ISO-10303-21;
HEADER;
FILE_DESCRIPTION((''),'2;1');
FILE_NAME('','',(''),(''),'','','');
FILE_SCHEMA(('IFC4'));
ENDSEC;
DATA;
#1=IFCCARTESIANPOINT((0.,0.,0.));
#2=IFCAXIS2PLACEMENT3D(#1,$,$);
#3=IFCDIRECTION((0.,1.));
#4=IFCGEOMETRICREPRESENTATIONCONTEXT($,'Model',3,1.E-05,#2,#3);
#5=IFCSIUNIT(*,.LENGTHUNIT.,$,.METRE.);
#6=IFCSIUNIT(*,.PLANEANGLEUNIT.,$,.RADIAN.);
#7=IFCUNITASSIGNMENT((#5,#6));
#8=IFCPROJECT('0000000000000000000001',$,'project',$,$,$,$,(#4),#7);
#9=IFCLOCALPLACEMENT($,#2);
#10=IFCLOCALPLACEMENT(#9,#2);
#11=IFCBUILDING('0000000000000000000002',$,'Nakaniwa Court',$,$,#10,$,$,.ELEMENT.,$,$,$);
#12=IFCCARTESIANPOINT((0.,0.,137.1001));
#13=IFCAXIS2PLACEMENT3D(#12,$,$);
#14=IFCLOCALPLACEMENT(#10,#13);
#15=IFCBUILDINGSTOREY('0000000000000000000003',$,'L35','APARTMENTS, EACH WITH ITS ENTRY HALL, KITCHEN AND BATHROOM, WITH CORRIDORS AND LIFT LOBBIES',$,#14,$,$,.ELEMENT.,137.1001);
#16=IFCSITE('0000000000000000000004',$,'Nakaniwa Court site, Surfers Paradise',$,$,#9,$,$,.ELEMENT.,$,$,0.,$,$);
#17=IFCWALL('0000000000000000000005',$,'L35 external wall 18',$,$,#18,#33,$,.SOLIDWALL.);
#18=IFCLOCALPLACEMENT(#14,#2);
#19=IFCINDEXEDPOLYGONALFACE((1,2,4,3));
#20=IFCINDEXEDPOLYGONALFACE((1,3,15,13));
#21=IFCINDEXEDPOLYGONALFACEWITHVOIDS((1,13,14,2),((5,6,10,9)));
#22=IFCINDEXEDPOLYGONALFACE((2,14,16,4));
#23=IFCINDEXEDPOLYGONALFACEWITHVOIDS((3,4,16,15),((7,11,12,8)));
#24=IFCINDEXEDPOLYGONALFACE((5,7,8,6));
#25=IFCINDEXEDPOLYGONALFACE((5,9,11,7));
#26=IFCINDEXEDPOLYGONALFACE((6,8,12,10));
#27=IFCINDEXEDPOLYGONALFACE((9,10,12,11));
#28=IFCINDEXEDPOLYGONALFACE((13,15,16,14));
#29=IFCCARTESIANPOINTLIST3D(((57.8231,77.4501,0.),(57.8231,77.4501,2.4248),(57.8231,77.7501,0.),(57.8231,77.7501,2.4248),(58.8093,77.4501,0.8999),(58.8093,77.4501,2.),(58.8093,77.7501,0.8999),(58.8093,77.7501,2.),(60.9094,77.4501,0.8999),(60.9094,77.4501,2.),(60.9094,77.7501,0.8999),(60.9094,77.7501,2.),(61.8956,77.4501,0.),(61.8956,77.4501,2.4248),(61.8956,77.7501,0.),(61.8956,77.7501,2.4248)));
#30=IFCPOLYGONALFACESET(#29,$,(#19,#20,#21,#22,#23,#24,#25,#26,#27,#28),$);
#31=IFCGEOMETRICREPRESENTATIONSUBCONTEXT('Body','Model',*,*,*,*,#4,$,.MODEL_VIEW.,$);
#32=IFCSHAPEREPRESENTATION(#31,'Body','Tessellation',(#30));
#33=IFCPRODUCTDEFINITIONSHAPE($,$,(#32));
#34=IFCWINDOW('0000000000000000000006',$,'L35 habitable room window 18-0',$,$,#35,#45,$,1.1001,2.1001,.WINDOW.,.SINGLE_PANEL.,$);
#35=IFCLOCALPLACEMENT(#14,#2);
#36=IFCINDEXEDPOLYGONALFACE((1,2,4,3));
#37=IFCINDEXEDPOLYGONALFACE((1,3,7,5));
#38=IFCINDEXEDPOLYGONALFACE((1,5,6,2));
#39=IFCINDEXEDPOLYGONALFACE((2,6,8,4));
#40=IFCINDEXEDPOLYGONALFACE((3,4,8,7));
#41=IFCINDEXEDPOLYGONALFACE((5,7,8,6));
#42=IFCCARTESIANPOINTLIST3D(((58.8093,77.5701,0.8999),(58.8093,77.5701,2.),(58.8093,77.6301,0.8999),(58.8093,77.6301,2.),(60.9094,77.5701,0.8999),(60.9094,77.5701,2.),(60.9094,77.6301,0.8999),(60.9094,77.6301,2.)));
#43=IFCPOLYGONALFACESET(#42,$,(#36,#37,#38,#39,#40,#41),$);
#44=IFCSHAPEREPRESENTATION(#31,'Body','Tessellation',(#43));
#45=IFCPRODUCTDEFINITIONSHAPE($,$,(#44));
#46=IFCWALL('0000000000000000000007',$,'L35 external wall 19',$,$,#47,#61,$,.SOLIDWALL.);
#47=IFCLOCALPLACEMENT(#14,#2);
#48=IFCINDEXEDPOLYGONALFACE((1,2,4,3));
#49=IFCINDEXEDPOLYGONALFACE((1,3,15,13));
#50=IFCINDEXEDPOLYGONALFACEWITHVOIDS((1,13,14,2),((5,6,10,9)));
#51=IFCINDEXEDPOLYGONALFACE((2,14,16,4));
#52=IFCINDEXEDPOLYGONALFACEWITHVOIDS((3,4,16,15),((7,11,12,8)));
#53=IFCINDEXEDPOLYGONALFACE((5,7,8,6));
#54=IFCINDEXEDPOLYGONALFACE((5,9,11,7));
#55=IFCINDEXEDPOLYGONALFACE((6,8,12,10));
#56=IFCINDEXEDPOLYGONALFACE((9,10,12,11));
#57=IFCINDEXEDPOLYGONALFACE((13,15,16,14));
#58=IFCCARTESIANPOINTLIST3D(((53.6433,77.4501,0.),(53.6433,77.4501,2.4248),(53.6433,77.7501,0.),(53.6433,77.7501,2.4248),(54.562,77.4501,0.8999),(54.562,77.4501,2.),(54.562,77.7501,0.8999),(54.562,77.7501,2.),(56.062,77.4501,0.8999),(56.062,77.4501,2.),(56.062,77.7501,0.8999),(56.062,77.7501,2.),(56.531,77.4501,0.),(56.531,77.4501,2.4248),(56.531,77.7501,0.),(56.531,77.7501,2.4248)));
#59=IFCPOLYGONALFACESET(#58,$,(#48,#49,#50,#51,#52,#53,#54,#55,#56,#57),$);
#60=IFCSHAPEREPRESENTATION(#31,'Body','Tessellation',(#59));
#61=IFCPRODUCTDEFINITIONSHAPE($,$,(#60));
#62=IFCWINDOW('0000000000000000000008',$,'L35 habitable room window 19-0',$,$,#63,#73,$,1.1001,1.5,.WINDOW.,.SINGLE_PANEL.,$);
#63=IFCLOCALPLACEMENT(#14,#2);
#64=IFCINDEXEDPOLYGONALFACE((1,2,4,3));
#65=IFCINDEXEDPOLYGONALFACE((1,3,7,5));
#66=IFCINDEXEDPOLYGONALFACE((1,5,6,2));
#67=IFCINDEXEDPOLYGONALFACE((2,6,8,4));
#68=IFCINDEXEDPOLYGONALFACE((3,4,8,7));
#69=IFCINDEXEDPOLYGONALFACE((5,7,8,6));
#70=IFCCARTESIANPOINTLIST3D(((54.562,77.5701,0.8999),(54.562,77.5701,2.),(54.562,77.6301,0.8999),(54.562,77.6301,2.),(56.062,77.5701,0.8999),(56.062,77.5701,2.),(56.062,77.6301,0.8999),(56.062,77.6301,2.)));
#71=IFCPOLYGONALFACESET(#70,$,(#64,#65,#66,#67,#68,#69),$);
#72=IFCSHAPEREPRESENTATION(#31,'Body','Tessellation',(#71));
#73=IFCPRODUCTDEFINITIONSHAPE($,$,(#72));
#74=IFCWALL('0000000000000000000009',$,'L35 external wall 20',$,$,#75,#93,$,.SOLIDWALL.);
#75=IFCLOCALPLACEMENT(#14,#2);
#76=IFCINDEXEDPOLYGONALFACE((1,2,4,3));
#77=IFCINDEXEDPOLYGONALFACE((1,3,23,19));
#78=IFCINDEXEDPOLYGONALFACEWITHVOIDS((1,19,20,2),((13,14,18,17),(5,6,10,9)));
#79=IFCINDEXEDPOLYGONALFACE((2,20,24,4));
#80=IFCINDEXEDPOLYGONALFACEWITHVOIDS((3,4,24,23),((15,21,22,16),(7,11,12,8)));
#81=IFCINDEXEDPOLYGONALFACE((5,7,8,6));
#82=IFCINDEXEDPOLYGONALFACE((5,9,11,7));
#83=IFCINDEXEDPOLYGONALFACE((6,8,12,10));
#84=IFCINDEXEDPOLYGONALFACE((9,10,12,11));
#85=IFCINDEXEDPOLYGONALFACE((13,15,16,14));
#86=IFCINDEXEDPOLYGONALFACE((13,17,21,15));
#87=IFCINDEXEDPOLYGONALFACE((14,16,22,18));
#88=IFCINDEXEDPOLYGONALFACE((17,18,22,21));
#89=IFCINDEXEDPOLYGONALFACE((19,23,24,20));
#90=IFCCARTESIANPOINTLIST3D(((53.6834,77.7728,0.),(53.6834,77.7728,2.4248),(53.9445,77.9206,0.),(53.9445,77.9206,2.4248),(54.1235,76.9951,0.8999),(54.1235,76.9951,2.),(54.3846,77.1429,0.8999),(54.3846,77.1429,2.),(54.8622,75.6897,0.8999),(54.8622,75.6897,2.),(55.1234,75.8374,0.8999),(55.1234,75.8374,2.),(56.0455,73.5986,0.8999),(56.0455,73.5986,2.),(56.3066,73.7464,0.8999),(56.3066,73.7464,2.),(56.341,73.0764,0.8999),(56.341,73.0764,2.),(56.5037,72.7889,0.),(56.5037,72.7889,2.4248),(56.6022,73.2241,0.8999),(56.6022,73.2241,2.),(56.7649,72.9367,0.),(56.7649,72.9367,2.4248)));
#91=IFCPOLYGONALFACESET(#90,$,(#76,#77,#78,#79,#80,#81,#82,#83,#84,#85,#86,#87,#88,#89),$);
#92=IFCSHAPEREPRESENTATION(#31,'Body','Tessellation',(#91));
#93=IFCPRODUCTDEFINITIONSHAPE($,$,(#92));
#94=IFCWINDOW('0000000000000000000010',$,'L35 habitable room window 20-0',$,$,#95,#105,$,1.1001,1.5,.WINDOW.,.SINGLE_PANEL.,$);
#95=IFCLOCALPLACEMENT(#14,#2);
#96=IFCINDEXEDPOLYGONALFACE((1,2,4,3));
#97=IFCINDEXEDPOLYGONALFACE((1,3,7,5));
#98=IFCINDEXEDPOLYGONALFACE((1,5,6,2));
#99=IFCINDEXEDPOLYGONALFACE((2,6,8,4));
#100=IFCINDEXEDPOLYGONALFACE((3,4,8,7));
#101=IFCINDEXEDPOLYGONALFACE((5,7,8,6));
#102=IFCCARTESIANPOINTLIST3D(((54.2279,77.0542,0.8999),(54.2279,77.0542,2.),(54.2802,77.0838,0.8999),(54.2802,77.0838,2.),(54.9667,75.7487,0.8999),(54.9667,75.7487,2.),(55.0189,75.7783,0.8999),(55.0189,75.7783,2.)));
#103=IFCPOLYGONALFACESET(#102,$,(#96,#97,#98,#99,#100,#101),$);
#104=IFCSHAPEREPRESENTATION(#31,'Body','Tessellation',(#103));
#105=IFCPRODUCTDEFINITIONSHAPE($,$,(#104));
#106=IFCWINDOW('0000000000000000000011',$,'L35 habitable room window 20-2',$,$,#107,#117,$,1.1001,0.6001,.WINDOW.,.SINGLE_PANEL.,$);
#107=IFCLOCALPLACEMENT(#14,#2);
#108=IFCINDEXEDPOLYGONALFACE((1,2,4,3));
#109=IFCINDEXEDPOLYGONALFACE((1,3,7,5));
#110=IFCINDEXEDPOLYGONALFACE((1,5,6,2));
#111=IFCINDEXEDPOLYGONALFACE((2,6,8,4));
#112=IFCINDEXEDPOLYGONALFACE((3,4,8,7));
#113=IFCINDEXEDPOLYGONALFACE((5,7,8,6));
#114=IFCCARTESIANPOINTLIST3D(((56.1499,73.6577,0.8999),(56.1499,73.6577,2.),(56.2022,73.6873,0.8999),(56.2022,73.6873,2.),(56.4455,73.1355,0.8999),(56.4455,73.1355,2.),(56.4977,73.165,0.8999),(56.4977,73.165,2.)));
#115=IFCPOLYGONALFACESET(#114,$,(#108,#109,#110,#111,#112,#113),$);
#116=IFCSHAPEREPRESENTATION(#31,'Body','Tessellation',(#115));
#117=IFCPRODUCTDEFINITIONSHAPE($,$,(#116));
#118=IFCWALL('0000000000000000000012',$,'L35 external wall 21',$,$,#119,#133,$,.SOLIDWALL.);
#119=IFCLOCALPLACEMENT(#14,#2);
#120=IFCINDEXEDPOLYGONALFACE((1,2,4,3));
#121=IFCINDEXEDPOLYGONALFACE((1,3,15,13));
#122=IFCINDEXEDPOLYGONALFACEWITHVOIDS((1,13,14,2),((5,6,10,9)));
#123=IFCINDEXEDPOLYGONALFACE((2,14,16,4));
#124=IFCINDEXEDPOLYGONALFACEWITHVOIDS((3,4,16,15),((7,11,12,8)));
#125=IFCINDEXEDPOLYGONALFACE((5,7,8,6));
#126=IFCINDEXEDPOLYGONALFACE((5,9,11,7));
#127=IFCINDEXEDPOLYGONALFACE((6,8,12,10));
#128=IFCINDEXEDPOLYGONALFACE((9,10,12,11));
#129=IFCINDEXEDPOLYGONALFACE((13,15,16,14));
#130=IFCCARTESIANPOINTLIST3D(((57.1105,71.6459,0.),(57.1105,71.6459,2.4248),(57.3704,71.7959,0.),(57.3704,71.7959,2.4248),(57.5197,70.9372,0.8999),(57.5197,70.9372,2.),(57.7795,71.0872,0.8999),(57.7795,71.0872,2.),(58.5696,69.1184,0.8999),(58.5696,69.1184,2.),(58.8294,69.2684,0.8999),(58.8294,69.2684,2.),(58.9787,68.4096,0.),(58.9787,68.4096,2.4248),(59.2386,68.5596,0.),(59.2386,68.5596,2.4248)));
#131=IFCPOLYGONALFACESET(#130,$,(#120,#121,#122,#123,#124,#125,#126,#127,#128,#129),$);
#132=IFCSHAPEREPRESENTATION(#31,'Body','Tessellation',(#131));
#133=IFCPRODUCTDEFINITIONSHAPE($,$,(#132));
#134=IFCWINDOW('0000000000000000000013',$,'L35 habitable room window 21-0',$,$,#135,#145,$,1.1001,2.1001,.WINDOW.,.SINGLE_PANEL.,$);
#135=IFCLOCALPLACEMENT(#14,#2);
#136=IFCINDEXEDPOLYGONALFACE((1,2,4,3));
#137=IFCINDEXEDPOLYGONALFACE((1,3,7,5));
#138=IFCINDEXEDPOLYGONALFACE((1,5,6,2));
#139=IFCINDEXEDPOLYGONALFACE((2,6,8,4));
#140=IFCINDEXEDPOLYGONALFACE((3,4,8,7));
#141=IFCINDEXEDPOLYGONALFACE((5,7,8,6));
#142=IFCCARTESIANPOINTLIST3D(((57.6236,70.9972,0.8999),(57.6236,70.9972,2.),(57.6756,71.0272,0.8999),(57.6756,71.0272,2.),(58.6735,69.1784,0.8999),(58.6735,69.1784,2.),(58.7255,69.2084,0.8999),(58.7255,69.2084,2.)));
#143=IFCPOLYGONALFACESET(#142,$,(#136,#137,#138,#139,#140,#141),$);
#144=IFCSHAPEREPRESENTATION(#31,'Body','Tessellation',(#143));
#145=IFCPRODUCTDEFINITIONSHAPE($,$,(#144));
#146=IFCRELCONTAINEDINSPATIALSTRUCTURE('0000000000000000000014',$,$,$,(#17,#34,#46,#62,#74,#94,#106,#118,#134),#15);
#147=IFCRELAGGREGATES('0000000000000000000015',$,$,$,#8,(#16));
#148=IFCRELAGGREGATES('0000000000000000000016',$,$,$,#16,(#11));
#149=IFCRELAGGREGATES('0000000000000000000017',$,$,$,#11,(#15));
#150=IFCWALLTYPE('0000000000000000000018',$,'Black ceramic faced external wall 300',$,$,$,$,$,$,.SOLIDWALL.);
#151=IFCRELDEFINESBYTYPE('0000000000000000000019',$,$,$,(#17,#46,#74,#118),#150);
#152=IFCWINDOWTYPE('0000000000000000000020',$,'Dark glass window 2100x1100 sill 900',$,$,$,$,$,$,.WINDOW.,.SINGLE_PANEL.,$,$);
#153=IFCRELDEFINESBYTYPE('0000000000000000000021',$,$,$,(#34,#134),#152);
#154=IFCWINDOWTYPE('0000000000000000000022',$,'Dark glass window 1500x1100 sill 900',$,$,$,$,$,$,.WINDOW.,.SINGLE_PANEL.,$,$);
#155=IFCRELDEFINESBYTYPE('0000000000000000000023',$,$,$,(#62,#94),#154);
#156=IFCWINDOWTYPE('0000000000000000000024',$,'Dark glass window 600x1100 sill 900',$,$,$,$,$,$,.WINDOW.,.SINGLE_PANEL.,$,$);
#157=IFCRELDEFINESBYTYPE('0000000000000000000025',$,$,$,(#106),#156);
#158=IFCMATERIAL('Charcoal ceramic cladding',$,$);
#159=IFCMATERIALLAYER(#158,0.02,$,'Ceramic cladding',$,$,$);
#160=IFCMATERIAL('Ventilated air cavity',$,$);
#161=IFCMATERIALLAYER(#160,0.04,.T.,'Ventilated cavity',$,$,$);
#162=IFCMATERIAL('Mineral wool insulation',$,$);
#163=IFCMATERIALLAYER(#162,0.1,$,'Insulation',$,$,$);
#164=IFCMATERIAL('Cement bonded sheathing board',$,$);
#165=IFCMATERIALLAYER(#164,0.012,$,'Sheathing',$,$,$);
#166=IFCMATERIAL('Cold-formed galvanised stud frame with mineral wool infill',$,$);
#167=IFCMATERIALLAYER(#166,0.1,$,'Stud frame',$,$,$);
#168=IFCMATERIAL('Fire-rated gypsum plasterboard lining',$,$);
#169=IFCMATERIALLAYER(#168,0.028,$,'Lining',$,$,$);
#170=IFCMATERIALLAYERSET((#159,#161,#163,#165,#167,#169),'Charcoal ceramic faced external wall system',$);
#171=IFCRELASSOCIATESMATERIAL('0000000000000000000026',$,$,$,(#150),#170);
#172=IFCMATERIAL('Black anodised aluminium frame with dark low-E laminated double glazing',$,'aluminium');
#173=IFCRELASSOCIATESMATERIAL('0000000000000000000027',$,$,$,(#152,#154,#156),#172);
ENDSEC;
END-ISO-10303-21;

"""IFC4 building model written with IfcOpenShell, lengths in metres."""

from ifc_helpers import new_model, si_unit, direction, frame, frame_2d, origin, place, context, subcontext, project, spatial, rectangle, extrude, material, layer, layer_set, type_object, element, fill, save


model = new_model("IFC4")

# Units and contexts
model_context = context("Model", 3, precision=1e-05, world=origin(), true_north=direction((0.0, 1.0)))
body_context = subcontext(model_context, "Body", "Model", "MODEL_VIEW")
ifc_project = project(units=[si_unit("LENGTHUNIT", "METRE"), si_unit("PLANEANGLEUNIT", "RADIAN")], contexts=[model_context])

# Site, building, storey
site_placement = place(None, origin())
site = spatial("IfcSite", under=ifc_project, at=site_placement, Name="Nakaniwa Court site, Surfers Paradise", CompositionType="ELEMENT", RefElevation=0.0)
building_placement = place(site_placement, origin())
building = spatial("IfcBuilding", under=site, at=building_placement, Name="Nakaniwa Court", CompositionType="ELEMENT")
storey_placement = place(building_placement, frame((0.0, 0.0, 137.1001)))
storey = spatial("IfcBuildingStorey", under=building, at=storey_placement, Name="L35", Description="APARTMENTS, EACH WITH ITS ENTRY HALL, KITCHEN AND BATHROOM, WITH CORRIDORS AND LIFT LOBBIES", CompositionType="ELEMENT", Elevation=137.1001)

# Walls, openings, windows
ifc_material_1 = material(Name="Charcoal ceramic cladding")
ifc_layer_1 = layer(ifc_material_1, 0.02, Name="Ceramic cladding")
ifc_material_2 = material(Name="Ventilated air cavity")
ifc_layer_2 = layer(ifc_material_2, 0.04, ventilated=True, Name="Ventilated cavity")
ifc_material_3 = material(Name="Mineral wool insulation")
ifc_layer_3 = layer(ifc_material_3, 0.1, Name="Insulation")
ifc_material_4 = material(Name="Cement bonded sheathing board")
ifc_layer_4 = layer(ifc_material_4, 0.012, Name="Sheathing")
ifc_material_5 = material(Name="Cold-formed galvanised stud frame with mineral wool infill")
ifc_layer_5 = layer(ifc_material_5, 0.1, Name="Stud frame")
ifc_material_6 = material(Name="Fire-rated gypsum plasterboard lining")
ifc_layer_6 = layer(ifc_material_6, 0.028, Name="Lining")
ifc_layer_set_1 = layer_set([ifc_layer_1, ifc_layer_2, ifc_layer_3, ifc_layer_4, ifc_layer_5, ifc_layer_6], Name="Charcoal ceramic faced external wall system")
wall_type_1 = type_object("IfcWallType", Name="Black ceramic faced external wall 300", PredefinedType="SOLIDWALL", material=ifc_layer_set_1)
wall_1_placement = place(storey_placement, frame((61.8955, 77.6001, 0.0), z_axis=(0.0, 0.0, 1.0), x_axis=(-1.0, 0.0, 0.0)))
wall_1 = element("IfcWall", 1, at=wall_1_placement, inside=storey, type_object=wall_type_1, Name="L35 external wall 18", PredefinedType="SOLIDWALL", context=body_context, shape_type="SweptSolid", body=[
    extrude(rectangle(XDim=4.0725, YDim=0.3, at=frame_2d((2.0361, 0.0))), origin(), (0.0, 0.0, 1.0), 2.4248),
])
opening_1_placement = place(wall_1_placement, frame((0.9861, 0.0, 0.8999)))
opening_1 = element("IfcOpeningElement", 2, at=opening_1_placement, cuts=wall_1, PredefinedType="OPENING", context=body_context, shape_type="SweptSolid", body=[
    extrude(rectangle(XDim=2.1001, YDim=1.1001, at=frame_2d((1.05, 0.55))), frame((0.0, 0.1599, 0.0), z_axis=(0.0, -1.0, 0.0), x_axis=(1.0, 0.0, 0.0)), (0.0, 0.0, 1.0), 0.3201),
])
ifc_material_7 = material(Name="Black anodised aluminium frame with dark low-E laminated double glazing", Category="aluminium")
window_type_1 = type_object("IfcWindowType", Name="Dark glass window 2100x1100 sill 900", PartitioningType="SINGLE_PANEL", PredefinedType="WINDOW", material=ifc_material_7)
window_1_placement = place(opening_1_placement, origin())
window_1 = element("IfcWindow", 3, at=window_1_placement, inside=storey, type_object=window_type_1, Name="L35 habitable room window 18-0", OverallHeight=1.1001, OverallWidth=2.1001, PartitioningType="SINGLE_PANEL", PredefinedType="WINDOW", context=body_context, shape_type="SweptSolid", body=[
    extrude(rectangle(XDim=2.1001, YDim=1.1001, at=frame_2d((1.05, 0.55))), frame((0.0, 0.03, 0.0), z_axis=(0.0, -1.0, 0.0), x_axis=(1.0, 0.0, 0.0)), (0.0, 0.0, 1.0), 0.0601),
])
fill(opening_1, window_1)
wall_2_placement = place(storey_placement, frame((56.531, 77.6001, 0.0), z_axis=(0.0, 0.0, 1.0), x_axis=(-1.0, 0.0, 0.0)))
wall_2 = element("IfcWall", 4, at=wall_2_placement, inside=storey, type_object=wall_type_1, Name="L35 external wall 19", PredefinedType="SOLIDWALL", context=body_context, shape_type="SweptSolid", body=[
    extrude(rectangle(XDim=2.8877, YDim=0.3, at=frame_2d((1.4438, 0.0))), origin(), (0.0, 0.0, 1.0), 2.4248),
])
opening_2_placement = place(wall_2_placement, frame((0.469, 0.0, 0.8999)))
opening_2 = element("IfcOpeningElement", 5, at=opening_2_placement, cuts=wall_2, PredefinedType="OPENING", context=body_context, shape_type="SweptSolid", body=[
    extrude(rectangle(XDim=1.5, YDim=1.1001, at=frame_2d((0.75, 0.55))), frame((0.0, 0.1599, 0.0), z_axis=(0.0, -1.0, 0.0), x_axis=(1.0, 0.0, 0.0)), (0.0, 0.0, 1.0), 0.3201),
])
window_type_2 = type_object("IfcWindowType", Name="Dark glass window 1500x1100 sill 900", PartitioningType="SINGLE_PANEL", PredefinedType="WINDOW", material=ifc_material_7)
window_2_placement = place(opening_2_placement, origin())
window_2 = element("IfcWindow", 6, at=window_2_placement, inside=storey, type_object=window_type_2, Name="L35 habitable room window 19-0", OverallHeight=1.1001, OverallWidth=1.5, PartitioningType="SINGLE_PANEL", PredefinedType="WINDOW", context=body_context, shape_type="SweptSolid", body=[
    extrude(rectangle(XDim=1.5, YDim=1.1001, at=frame_2d((0.75, 0.55))), frame((0.0, 0.03, 0.0), z_axis=(0.0, -1.0, 0.0), x_axis=(1.0, 0.0, 0.0)), (0.0, 0.0, 1.0), 0.0601),
])
fill(opening_2, window_2)

# Wall, openings, windows
wall_3_placement = place(storey_placement, frame((53.814, 77.8467, 0.0), z_axis=(0.0, 0.0, 1.0), x_axis=(0.492498, -0.870313, 0.0)))
wall_3 = element("IfcWall", 7, at=wall_3_placement, inside=storey, type_object=wall_type_1, Name="L35 external wall 20", PredefinedType="SOLIDWALL", context=body_context, shape_type="SweptSolid", body=[
    extrude(rectangle(XDim=5.7266, YDim=0.3, at=frame_2d((2.8633, 0.0))), origin(), (0.0, 0.0, 1.0), 2.4248),
])
opening_3_placement = place(wall_3_placement, frame((0.8936, 0.0, 0.8999)))
opening_3 = element("IfcOpeningElement", 8, at=opening_3_placement, cuts=wall_3, PredefinedType="OPENING", context=body_context, shape_type="SweptSolid", body=[
    extrude(rectangle(XDim=1.5, YDim=1.1001, at=frame_2d((0.75, 0.55))), frame((0.0, 0.1599, 0.0), z_axis=(0.0, -1.0, 0.0), x_axis=(1.0, 0.0, 0.0)), (0.0, 0.0, 1.0), 0.3201),
])
opening_4_placement = place(wall_3_placement, frame((4.7961, 0.0, 0.8999)))
opening_4 = element("IfcOpeningElement", 9, at=opening_4_placement, cuts=wall_3, PredefinedType="OPENING", context=body_context, shape_type="SweptSolid", body=[
    extrude(rectangle(XDim=0.6001, YDim=1.1001, at=frame_2d((0.3, 0.55))), frame((0.0, 0.1599, 0.0), z_axis=(0.0, -1.0, 0.0), x_axis=(1.0, 0.0, 0.0)), (0.0, 0.0, 1.0), 0.3201),
])
window_3_placement = place(opening_3_placement, origin())
window_3 = element("IfcWindow", 10, at=window_3_placement, inside=storey, type_object=window_type_2, Name="L35 habitable room window 20-0", OverallHeight=1.1001, OverallWidth=1.5, PartitioningType="SINGLE_PANEL", PredefinedType="WINDOW", context=body_context, shape_type="SweptSolid", body=[
    extrude(rectangle(XDim=1.5, YDim=1.1001, at=frame_2d((0.75, 0.55))), frame((0.0, 0.03, 0.0), z_axis=(0.0, -1.0, 0.0), x_axis=(1.0, 0.0, 0.0)), (0.0, 0.0, 1.0), 0.0601),
])
fill(opening_3, window_3)
window_type_3 = type_object("IfcWindowType", Name="Dark glass window 600x1100 sill 900", PartitioningType="SINGLE_PANEL", PredefinedType="WINDOW", material=ifc_material_7)
window_4_placement = place(opening_4_placement, origin())
window_4 = element("IfcWindow", 11, at=window_4_placement, inside=storey, type_object=window_type_3, Name="L35 habitable room window 20-2", OverallHeight=1.1001, OverallWidth=0.6001, PartitioningType="SINGLE_PANEL", PredefinedType="WINDOW", context=body_context, shape_type="SweptSolid", body=[
    extrude(rectangle(XDim=0.6001, YDim=1.1001, at=frame_2d((0.3, 0.55))), frame((0.0, 0.03, 0.0), z_axis=(0.0, -1.0, 0.0), x_axis=(1.0, 0.0, 0.0)), (0.0, 0.0, 1.0), 0.0601),
])
fill(opening_4, window_4)

# Wall, opening, window
wall_4_placement = place(storey_placement, frame((57.2405, 71.7209, 0.0), z_axis=(0.0, 0.0, 1.0), x_axis=(0.499934, -0.866064, 0.0)))
wall_4 = element("IfcWall", 12, at=wall_4_placement, inside=storey, type_object=wall_type_1, Name="L35 external wall 21", PredefinedType="SOLIDWALL", context=body_context, shape_type="SweptSolid", body=[
    extrude(rectangle(XDim=3.7368, YDim=0.3, at=frame_2d((1.8684, 0.0))), origin(), (0.0, 0.0, 1.0), 2.4248),
])
opening_5_placement = place(wall_4_placement, frame((0.8184, 0.0, 0.8999)))
opening_5 = element("IfcOpeningElement", 13, at=opening_5_placement, cuts=wall_4, PredefinedType="OPENING", context=body_context, shape_type="SweptSolid", body=[
    extrude(rectangle(XDim=2.1001, YDim=1.1001, at=frame_2d((1.05, 0.55))), frame((0.0, 0.1599, 0.0), z_axis=(0.0, -1.0, 0.0), x_axis=(1.0, 0.0, 0.0)), (0.0, 0.0, 1.0), 0.3201),
])
window_5_placement = place(opening_5_placement, origin())
window_5 = element("IfcWindow", 14, at=window_5_placement, inside=storey, type_object=window_type_1, Name="L35 habitable room window 21-0", OverallHeight=1.1001, OverallWidth=2.1001, PartitioningType="SINGLE_PANEL", PredefinedType="WINDOW", context=body_context, shape_type="SweptSolid", body=[
    extrude(rectangle(XDim=2.1001, YDim=1.1001, at=frame_2d((1.05, 0.55))), frame((0.0, 0.03, 0.0), z_axis=(0.0, -1.0, 0.0), x_axis=(1.0, 0.0, 0.0)), (0.0, 0.0, 1.0), 0.0601),
])
fill(opening_5, window_5)

save(model, "model.ifc")
